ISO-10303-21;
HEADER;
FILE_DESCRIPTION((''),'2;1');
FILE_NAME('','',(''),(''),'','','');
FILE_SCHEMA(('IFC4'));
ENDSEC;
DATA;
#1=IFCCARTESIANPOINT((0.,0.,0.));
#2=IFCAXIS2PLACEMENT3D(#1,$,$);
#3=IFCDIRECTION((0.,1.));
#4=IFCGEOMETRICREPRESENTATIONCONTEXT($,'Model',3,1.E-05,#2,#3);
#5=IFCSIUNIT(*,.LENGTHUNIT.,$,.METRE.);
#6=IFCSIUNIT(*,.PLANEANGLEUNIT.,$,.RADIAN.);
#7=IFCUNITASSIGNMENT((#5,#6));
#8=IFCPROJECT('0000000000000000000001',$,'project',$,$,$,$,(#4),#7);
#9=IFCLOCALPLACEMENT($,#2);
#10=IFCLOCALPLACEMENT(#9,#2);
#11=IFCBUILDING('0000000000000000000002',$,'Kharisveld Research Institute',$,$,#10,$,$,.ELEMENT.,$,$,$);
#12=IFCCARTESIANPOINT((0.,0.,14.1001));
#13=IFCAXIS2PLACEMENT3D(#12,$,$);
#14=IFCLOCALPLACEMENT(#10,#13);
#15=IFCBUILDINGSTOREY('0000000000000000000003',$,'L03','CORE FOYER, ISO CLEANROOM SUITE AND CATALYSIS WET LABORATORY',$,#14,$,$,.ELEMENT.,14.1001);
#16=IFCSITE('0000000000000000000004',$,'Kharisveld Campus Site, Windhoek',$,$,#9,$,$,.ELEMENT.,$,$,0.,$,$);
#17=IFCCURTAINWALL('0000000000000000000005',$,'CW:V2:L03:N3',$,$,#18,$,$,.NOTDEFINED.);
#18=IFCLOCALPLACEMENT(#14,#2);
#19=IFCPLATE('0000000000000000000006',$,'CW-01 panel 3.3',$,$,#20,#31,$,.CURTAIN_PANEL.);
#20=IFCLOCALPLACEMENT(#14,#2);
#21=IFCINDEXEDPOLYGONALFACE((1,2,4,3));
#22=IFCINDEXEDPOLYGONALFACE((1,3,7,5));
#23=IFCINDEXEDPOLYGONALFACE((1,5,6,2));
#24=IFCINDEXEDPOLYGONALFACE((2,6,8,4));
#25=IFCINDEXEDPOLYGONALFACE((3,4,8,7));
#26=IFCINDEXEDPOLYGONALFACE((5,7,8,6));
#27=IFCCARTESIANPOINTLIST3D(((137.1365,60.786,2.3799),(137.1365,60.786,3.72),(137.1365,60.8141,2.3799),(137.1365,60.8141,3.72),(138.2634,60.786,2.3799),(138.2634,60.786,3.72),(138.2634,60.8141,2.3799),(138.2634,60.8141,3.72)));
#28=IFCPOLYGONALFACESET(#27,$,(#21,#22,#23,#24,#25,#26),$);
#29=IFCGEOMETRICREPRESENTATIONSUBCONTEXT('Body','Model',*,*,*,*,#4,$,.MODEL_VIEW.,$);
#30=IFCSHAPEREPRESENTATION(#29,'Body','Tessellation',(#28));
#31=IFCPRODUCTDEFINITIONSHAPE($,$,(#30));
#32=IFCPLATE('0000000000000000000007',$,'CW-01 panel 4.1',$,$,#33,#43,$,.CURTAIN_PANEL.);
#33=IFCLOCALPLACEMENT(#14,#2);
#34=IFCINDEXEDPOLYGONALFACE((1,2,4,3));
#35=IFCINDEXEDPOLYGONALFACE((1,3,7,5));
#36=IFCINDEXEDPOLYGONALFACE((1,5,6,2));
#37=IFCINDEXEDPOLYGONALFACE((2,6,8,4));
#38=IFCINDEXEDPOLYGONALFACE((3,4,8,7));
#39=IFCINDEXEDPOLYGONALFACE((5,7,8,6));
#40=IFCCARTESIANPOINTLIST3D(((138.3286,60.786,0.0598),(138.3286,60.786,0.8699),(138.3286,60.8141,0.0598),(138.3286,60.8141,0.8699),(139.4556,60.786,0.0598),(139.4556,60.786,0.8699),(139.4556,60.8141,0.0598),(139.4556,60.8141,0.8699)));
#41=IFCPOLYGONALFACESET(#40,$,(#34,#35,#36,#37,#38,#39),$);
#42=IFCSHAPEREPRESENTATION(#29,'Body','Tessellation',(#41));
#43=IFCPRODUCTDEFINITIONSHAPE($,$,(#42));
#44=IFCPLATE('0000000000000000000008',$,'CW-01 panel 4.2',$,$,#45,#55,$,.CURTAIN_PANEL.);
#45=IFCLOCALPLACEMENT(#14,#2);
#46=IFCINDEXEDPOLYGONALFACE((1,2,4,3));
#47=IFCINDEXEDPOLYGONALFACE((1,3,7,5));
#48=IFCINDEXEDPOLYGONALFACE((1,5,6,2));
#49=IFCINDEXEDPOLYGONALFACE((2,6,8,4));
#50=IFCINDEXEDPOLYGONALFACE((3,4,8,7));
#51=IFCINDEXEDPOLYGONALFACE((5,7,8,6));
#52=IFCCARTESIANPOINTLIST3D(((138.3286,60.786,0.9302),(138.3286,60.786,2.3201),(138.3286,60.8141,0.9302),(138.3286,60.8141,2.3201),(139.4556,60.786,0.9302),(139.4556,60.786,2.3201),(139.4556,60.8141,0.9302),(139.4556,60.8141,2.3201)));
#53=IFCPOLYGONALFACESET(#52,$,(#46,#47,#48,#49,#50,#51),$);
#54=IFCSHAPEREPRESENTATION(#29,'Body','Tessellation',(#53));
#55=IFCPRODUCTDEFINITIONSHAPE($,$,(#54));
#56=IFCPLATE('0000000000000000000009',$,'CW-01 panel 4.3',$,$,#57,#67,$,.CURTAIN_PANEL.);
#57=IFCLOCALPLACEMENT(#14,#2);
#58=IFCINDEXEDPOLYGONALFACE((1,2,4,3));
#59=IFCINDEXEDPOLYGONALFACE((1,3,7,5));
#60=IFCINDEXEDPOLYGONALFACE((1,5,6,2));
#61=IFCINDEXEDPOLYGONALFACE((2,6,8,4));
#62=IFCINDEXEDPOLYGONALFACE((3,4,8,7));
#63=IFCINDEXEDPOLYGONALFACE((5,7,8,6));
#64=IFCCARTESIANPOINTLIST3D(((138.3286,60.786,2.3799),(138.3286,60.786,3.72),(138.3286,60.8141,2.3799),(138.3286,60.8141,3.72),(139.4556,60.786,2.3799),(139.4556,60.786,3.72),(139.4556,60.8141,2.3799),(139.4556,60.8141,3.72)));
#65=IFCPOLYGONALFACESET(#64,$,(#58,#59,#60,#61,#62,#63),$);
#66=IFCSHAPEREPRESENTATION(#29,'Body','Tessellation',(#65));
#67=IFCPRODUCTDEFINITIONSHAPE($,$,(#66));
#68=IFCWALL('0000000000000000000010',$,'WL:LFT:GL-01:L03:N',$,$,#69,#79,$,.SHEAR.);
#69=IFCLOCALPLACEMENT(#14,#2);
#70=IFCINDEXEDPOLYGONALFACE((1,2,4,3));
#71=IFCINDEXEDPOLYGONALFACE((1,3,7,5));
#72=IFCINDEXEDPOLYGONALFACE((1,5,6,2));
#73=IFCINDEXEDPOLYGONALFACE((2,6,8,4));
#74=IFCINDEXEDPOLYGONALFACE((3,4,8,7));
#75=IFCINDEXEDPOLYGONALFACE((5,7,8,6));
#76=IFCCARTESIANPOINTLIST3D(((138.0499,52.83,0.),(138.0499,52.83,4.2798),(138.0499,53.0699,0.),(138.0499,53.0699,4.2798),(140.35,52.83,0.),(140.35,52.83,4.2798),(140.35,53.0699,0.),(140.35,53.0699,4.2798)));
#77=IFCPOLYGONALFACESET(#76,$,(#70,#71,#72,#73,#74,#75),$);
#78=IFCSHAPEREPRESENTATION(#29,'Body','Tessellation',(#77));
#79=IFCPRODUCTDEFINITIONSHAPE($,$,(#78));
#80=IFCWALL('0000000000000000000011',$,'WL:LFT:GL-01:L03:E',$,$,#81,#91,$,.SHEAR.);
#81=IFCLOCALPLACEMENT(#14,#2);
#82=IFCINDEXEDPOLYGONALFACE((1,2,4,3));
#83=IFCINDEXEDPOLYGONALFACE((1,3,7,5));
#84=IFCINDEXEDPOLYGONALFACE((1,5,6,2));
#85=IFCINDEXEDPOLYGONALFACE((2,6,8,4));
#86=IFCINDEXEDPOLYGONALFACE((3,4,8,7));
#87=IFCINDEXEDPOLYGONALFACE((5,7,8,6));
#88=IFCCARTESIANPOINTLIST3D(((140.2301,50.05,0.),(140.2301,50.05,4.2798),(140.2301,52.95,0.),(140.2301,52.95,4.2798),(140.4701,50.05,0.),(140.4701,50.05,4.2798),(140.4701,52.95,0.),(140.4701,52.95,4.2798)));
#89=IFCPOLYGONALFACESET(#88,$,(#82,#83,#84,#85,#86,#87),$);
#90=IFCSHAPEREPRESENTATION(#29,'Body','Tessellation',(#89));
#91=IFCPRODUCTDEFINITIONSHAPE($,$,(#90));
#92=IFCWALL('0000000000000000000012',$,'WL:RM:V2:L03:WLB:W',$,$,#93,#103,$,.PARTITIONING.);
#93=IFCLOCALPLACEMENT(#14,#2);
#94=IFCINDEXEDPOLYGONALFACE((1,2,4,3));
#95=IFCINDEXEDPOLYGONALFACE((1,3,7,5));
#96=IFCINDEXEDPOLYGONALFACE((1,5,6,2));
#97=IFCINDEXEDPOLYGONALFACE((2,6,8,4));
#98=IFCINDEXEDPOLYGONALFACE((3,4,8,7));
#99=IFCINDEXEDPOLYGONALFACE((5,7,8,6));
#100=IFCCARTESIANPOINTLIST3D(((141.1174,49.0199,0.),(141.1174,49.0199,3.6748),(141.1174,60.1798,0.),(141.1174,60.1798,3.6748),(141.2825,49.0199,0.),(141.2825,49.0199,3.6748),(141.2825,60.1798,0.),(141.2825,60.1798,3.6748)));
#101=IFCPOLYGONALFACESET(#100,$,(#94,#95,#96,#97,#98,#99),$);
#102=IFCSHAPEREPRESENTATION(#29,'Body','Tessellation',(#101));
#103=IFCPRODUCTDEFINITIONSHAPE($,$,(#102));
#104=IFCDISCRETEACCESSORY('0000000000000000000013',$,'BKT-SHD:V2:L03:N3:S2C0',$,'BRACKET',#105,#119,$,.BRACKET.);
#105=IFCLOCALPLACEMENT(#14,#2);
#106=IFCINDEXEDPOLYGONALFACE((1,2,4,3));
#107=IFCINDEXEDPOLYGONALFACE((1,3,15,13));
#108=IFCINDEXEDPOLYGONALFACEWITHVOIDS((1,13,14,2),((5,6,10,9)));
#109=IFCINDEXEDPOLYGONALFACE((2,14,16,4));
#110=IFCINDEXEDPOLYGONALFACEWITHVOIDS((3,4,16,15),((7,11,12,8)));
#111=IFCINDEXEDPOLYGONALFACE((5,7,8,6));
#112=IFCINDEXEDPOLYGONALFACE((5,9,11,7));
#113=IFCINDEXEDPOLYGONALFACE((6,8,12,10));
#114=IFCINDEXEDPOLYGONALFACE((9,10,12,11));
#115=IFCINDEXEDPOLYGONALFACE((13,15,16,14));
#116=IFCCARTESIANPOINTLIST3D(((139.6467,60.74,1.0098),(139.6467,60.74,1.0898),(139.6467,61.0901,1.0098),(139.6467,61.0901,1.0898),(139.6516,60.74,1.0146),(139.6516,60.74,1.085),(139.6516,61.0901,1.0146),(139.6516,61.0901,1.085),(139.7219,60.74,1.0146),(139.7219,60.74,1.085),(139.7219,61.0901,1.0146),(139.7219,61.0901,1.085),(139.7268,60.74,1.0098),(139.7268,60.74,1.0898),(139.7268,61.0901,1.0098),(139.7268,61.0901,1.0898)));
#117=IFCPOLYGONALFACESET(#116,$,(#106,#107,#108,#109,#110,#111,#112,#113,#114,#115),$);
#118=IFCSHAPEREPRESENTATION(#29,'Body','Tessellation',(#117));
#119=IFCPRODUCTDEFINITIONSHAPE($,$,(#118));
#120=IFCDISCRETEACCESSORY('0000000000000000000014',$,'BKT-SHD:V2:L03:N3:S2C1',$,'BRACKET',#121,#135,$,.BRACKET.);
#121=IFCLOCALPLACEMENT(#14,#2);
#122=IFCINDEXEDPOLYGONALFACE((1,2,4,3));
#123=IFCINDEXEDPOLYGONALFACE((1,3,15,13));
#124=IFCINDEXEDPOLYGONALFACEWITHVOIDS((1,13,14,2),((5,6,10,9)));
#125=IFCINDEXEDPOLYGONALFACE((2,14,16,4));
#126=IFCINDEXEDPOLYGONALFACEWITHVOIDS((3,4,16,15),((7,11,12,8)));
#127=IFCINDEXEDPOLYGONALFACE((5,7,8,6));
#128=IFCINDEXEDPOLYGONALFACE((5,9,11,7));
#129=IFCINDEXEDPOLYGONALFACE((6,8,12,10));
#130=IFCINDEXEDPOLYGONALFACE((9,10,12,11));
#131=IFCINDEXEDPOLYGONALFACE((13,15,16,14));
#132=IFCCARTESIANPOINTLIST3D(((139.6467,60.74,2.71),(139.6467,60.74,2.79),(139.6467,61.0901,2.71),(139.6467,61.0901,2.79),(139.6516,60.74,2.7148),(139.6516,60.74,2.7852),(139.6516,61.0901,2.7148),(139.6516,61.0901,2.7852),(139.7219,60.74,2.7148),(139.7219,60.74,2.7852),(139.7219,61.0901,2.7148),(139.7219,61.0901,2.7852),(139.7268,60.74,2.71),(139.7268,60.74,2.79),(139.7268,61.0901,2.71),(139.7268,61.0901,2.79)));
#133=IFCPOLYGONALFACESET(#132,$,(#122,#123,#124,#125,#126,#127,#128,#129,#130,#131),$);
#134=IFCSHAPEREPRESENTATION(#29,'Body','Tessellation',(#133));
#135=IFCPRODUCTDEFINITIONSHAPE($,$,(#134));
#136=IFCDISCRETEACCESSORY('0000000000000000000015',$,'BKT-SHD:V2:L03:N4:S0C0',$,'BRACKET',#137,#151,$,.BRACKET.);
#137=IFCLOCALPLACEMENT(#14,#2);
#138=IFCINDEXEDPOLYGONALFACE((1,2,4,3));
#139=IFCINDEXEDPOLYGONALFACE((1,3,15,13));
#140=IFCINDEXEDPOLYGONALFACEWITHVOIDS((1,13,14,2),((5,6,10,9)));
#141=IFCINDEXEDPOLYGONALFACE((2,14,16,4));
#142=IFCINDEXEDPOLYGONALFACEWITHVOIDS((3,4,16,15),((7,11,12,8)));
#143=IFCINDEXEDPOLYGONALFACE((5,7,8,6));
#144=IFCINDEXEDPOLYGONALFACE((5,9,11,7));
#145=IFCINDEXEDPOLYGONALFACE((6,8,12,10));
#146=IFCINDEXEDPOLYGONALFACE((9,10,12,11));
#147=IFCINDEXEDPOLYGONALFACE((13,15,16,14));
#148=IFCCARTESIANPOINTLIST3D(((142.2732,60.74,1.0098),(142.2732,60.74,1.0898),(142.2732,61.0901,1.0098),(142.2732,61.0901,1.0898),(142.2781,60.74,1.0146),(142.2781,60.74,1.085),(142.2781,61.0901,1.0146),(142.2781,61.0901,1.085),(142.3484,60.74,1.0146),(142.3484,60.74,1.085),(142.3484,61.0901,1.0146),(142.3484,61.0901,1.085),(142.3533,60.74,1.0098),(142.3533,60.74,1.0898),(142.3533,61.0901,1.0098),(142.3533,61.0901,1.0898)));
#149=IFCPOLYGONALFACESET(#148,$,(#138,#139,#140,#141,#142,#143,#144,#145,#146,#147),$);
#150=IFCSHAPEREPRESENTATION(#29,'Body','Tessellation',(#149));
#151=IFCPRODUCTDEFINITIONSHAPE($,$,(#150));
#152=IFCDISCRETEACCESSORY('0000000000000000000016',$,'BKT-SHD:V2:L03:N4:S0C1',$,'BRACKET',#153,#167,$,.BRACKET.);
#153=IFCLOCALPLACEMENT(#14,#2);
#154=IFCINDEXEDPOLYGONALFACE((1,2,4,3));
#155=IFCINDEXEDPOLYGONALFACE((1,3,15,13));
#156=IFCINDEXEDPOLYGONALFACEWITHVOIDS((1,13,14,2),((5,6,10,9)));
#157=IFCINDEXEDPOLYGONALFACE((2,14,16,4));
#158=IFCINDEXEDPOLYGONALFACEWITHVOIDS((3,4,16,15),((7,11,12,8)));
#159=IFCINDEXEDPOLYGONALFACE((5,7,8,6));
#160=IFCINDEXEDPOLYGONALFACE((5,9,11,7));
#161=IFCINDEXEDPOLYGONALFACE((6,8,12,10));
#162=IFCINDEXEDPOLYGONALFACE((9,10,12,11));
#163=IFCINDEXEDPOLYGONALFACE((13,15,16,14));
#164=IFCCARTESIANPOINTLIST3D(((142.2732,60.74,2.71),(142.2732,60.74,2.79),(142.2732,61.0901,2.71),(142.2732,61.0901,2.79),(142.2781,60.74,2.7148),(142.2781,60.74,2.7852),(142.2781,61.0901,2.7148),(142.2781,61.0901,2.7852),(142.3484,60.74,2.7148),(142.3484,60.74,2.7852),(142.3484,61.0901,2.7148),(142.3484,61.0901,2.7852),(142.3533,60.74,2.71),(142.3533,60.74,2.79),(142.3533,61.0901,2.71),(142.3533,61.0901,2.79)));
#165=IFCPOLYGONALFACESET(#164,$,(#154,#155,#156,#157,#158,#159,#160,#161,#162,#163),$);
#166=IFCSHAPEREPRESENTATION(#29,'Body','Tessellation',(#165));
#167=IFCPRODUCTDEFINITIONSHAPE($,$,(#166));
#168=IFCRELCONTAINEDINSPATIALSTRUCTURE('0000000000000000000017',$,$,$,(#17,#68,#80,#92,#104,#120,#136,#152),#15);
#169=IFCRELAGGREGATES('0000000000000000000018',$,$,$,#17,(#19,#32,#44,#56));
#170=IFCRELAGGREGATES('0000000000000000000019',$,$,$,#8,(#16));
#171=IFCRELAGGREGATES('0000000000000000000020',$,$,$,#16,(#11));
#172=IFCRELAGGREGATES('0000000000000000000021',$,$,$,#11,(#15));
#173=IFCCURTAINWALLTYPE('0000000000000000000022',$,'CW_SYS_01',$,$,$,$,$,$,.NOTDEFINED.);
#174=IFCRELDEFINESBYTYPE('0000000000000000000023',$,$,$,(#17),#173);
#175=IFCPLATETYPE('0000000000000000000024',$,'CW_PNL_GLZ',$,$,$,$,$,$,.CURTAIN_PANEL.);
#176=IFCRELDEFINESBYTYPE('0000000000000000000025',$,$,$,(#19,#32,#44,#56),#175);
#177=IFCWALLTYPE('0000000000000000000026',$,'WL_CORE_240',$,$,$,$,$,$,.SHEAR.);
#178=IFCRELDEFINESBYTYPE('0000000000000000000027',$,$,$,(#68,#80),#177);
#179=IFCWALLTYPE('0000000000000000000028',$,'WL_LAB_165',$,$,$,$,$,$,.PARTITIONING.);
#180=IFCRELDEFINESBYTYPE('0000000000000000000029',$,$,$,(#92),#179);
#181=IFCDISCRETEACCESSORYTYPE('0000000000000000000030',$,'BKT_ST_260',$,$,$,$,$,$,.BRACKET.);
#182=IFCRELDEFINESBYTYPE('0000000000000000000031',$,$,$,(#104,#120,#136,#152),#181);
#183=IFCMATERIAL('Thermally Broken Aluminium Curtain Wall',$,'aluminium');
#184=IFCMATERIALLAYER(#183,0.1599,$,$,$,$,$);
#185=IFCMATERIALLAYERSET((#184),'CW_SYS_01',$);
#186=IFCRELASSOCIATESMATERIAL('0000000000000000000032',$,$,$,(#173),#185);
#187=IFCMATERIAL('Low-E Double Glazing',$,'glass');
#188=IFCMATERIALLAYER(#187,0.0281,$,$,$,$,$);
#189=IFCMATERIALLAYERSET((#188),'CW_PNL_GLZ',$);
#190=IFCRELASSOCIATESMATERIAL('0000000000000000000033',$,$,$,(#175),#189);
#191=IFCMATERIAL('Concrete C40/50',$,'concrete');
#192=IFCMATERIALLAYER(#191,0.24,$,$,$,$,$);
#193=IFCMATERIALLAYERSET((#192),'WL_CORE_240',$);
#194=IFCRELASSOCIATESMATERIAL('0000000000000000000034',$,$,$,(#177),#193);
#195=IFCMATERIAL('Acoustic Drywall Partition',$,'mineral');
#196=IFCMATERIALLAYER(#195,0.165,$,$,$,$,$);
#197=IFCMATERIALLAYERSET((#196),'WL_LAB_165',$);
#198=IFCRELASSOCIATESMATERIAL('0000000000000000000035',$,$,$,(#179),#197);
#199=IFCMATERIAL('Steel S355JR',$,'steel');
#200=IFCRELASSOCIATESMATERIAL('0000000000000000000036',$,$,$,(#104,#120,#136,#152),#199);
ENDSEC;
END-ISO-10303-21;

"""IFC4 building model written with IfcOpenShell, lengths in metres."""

from ifc_helpers import new_model, si_unit, direction, frame, frame_2d, origin, origin_2d, place, context, subcontext, project, spatial, rectangle, hollow_rectangle, extrude, material, layer, layer_set, type_object, element, aggregate, save


model = new_model("IFC4")

# Units and contexts
model_context = context("Model", 3, precision=1e-05, world=origin(), true_north=direction((0.0, 1.0)))
body_context = subcontext(model_context, "Body", "Model", "MODEL_VIEW")
ifc_project = project(units=[si_unit("LENGTHUNIT", "METRE"), si_unit("PLANEANGLEUNIT", "RADIAN")], contexts=[model_context])

# Site, building, storey
site_placement = place(None, origin())
site = spatial("IfcSite", under=ifc_project, at=site_placement, Name="Kharisveld Campus Site, Windhoek", CompositionType="ELEMENT", RefElevation=0.0)
building_placement = place(site_placement, origin())
building = spatial("IfcBuilding", under=site, at=building_placement, Name="Kharisveld Research Institute", CompositionType="ELEMENT")
storey_placement = place(building_placement, frame((0.0, 0.0, 14.1001)))
storey = spatial("IfcBuildingStorey", under=building, at=storey_placement, Name="L03", Description="CORE FOYER, ISO CLEANROOM SUITE AND CATALYSIS WET LABORATORY", CompositionType="ELEMENT", Elevation=14.1001)

# Curtain wall
ifc_material_1 = material(Name="Thermally Broken Aluminium Curtain Wall", Category="aluminium")
ifc_layer_1 = layer(ifc_material_1, 0.1599)
ifc_layer_set_1 = layer_set([ifc_layer_1], Name="CW_SYS_01")
curtain_wall_type = type_object("IfcCurtainWallType", Name="CW_SYS_01", PredefinedType="NOTDEFINED", material=ifc_layer_set_1)
curtain_wall_placement = place(storey_placement, origin())
curtain_wall = element("IfcCurtainWall", 1, at=curtain_wall_placement, inside=storey, type_object=curtain_wall_type, Name="CW:V2:L03:N3", PredefinedType="NOTDEFINED")

# Plates
ifc_material_2 = material(Name="Low-E Double Glazing", Category="glass")
ifc_layer_2 = layer(ifc_material_2, 0.0281)
ifc_layer_set_2 = layer_set([ifc_layer_2], Name="CW_PNL_GLZ")
plate_type = type_object("IfcPlateType", Name="CW_PNL_GLZ", PredefinedType="CURTAIN_PANEL", material=ifc_layer_set_2)
plate_1_placement = place(storey_placement, frame((137.7, 60.8, 2.3799), z_axis=(0.0, 0.0, 1.0), x_axis=(1.0, 0.0, 0.0)))
plate_1 = element("IfcPlate", 2, at=plate_1_placement, type_object=plate_type, Name="CW-01 panel 3.3", PredefinedType="CURTAIN_PANEL", context=body_context, shape_type="SweptSolid", body=[
    extrude(rectangle(XDim=1.127, YDim=0.0281, at=origin_2d()), origin(), (0.0, 0.0, 1.0), 1.3401),
])
plate_2_placement = place(storey_placement, frame((138.8921, 60.8, 0.0598), z_axis=(0.0, 0.0, 1.0), x_axis=(1.0, 0.0, 0.0)))
plate_2 = element("IfcPlate", 3, at=plate_2_placement, type_object=plate_type, Name="CW-01 panel 4.1", PredefinedType="CURTAIN_PANEL", context=body_context, shape_type="SweptSolid", body=[
    extrude(rectangle(XDim=1.127, YDim=0.0281, at=origin_2d()), origin(), (0.0, 0.0, 1.0), 0.8101),
])
plate_3_placement = place(storey_placement, frame((138.8921, 60.8, 0.9302), z_axis=(0.0, 0.0, 1.0), x_axis=(1.0, 0.0, 0.0)))
plate_3 = element("IfcPlate", 4, at=plate_3_placement, type_object=plate_type, Name="CW-01 panel 4.2", PredefinedType="CURTAIN_PANEL", context=body_context, shape_type="SweptSolid", body=[
    extrude(rectangle(XDim=1.127, YDim=0.0281, at=origin_2d()), origin(), (0.0, 0.0, 1.0), 1.3899),
])
plate_4_placement = place(storey_placement, frame((138.8921, 60.8, 2.3799), z_axis=(0.0, 0.0, 1.0), x_axis=(1.0, 0.0, 0.0)))
plate_4 = element("IfcPlate", 5, at=plate_4_placement, type_object=plate_type, Name="CW-01 panel 4.3", PredefinedType="CURTAIN_PANEL", context=body_context, shape_type="SweptSolid", body=[
    extrude(rectangle(XDim=1.127, YDim=0.0281, at=origin_2d()), origin(), (0.0, 0.0, 1.0), 1.3401),
])
aggregate(curtain_wall, [plate_1, plate_2, plate_3, plate_4])

# Walls
ifc_material_3 = material(Name="Concrete C40/50", Category="concrete")
ifc_layer_3 = layer(ifc_material_3, 0.24)
ifc_layer_set_3 = layer_set([ifc_layer_3], Name="WL_CORE_240")
wall_type_1 = type_object("IfcWallType", Name="WL_CORE_240", PredefinedType="SHEAR", material=ifc_layer_set_3)
wall_1_placement = place(storey_placement, frame((138.05, 52.95, 0.0), z_axis=(0.0, 0.0, 1.0), x_axis=(1.0, 0.0, 0.0)))
element("IfcWall", 6, at=wall_1_placement, inside=storey, type_object=wall_type_1, Name="WL:LFT:GL-01:L03:N", PredefinedType="SHEAR", context=body_context, shape_type="SweptSolid", body=[
    extrude(rectangle(XDim=2.3, YDim=0.24, at=frame_2d((1.1499, 0.0))), origin(), (0.0, 0.0, 1.0), 4.2798),
])
wall_2_placement = place(storey_placement, frame((140.3501, 52.95, 0.0), z_axis=(0.0, 0.0, 1.0), x_axis=(0.0, -1.0, 0.0)))
element("IfcWall", 7, at=wall_2_placement, inside=storey, type_object=wall_type_1, Name="WL:LFT:GL-01:L03:E", PredefinedType="SHEAR", context=body_context, shape_type="SweptSolid", body=[
    extrude(rectangle(XDim=2.8999, YDim=0.24, at=frame_2d((1.45, 0.0))), origin(), (0.0, 0.0, 1.0), 4.2798),
])
ifc_material_4 = material(Name="Acoustic Drywall Partition", Category="mineral")
ifc_layer_4 = layer(ifc_material_4, 0.165)
ifc_layer_set_4 = layer_set([ifc_layer_4], Name="WL_LAB_165")
wall_type_2 = type_object("IfcWallType", Name="WL_LAB_165", PredefinedType="PARTITIONING", material=ifc_layer_set_4)
wall_3_placement = place(storey_placement, frame((141.2, 60.1799, 0.0), z_axis=(0.0, 0.0, 1.0), x_axis=(0.0, -1.0, 0.0)))
element("IfcWall", 8, at=wall_3_placement, inside=storey, type_object=wall_type_2, Name="WL:RM:V2:L03:WLB:W", PredefinedType="PARTITIONING", context=body_context, shape_type="SweptSolid", body=[
    extrude(rectangle(XDim=11.1599, YDim=0.165, at=frame_2d((5.5801, 0.0))), origin(), (0.0, 0.0, 1.0), 3.6748),
])

# Discrete accessories
ifc_material_5 = material(Name="Steel S355JR", Category="steel")
discrete_accessory_type = type_object("IfcDiscreteAccessoryType", Name="BKT_ST_260", PredefinedType="BRACKET")
for number, where, z_axis, x_axis, name in (
    (9, (139.6868, 60.74, 1.0498), (0.0, 1.0, 0.0), (-1.0, 0.0, 0.0), "BKT-SHD:V2:L03:N3:S2C0"),
    (10, (139.6868, 60.74, 2.75), (0.0, 1.0, 0.0), (-1.0, 0.0, 0.0), "BKT-SHD:V2:L03:N3:S2C1"),
    (11, (142.3132, 60.74, 1.0498), (0.0, 1.0, 0.0), (-1.0, 0.0, 0.0), "BKT-SHD:V2:L03:N4:S0C0"),
    (12, (142.3132, 60.74, 2.75), (0.0, 1.0, 0.0), (-1.0, 0.0, 0.0), "BKT-SHD:V2:L03:N4:S0C1"),
):
    element("IfcDiscreteAccessory", number, at=place(storey_placement, frame(where, z_axis=z_axis, x_axis=x_axis)), inside=storey, type_object=discrete_accessory_type, material=ifc_material_5, Name=name, ObjectType="BRACKET", PredefinedType="BRACKET", context=body_context, shape_type="SweptSolid", body=[
        extrude(hollow_rectangle(XDim=0.0801, YDim=0.0801, WallThickness=0.0049, at=origin_2d()), origin(), (0.0, 0.0, 1.0), 0.3501),
    ])

save(model, "model.ifc")
